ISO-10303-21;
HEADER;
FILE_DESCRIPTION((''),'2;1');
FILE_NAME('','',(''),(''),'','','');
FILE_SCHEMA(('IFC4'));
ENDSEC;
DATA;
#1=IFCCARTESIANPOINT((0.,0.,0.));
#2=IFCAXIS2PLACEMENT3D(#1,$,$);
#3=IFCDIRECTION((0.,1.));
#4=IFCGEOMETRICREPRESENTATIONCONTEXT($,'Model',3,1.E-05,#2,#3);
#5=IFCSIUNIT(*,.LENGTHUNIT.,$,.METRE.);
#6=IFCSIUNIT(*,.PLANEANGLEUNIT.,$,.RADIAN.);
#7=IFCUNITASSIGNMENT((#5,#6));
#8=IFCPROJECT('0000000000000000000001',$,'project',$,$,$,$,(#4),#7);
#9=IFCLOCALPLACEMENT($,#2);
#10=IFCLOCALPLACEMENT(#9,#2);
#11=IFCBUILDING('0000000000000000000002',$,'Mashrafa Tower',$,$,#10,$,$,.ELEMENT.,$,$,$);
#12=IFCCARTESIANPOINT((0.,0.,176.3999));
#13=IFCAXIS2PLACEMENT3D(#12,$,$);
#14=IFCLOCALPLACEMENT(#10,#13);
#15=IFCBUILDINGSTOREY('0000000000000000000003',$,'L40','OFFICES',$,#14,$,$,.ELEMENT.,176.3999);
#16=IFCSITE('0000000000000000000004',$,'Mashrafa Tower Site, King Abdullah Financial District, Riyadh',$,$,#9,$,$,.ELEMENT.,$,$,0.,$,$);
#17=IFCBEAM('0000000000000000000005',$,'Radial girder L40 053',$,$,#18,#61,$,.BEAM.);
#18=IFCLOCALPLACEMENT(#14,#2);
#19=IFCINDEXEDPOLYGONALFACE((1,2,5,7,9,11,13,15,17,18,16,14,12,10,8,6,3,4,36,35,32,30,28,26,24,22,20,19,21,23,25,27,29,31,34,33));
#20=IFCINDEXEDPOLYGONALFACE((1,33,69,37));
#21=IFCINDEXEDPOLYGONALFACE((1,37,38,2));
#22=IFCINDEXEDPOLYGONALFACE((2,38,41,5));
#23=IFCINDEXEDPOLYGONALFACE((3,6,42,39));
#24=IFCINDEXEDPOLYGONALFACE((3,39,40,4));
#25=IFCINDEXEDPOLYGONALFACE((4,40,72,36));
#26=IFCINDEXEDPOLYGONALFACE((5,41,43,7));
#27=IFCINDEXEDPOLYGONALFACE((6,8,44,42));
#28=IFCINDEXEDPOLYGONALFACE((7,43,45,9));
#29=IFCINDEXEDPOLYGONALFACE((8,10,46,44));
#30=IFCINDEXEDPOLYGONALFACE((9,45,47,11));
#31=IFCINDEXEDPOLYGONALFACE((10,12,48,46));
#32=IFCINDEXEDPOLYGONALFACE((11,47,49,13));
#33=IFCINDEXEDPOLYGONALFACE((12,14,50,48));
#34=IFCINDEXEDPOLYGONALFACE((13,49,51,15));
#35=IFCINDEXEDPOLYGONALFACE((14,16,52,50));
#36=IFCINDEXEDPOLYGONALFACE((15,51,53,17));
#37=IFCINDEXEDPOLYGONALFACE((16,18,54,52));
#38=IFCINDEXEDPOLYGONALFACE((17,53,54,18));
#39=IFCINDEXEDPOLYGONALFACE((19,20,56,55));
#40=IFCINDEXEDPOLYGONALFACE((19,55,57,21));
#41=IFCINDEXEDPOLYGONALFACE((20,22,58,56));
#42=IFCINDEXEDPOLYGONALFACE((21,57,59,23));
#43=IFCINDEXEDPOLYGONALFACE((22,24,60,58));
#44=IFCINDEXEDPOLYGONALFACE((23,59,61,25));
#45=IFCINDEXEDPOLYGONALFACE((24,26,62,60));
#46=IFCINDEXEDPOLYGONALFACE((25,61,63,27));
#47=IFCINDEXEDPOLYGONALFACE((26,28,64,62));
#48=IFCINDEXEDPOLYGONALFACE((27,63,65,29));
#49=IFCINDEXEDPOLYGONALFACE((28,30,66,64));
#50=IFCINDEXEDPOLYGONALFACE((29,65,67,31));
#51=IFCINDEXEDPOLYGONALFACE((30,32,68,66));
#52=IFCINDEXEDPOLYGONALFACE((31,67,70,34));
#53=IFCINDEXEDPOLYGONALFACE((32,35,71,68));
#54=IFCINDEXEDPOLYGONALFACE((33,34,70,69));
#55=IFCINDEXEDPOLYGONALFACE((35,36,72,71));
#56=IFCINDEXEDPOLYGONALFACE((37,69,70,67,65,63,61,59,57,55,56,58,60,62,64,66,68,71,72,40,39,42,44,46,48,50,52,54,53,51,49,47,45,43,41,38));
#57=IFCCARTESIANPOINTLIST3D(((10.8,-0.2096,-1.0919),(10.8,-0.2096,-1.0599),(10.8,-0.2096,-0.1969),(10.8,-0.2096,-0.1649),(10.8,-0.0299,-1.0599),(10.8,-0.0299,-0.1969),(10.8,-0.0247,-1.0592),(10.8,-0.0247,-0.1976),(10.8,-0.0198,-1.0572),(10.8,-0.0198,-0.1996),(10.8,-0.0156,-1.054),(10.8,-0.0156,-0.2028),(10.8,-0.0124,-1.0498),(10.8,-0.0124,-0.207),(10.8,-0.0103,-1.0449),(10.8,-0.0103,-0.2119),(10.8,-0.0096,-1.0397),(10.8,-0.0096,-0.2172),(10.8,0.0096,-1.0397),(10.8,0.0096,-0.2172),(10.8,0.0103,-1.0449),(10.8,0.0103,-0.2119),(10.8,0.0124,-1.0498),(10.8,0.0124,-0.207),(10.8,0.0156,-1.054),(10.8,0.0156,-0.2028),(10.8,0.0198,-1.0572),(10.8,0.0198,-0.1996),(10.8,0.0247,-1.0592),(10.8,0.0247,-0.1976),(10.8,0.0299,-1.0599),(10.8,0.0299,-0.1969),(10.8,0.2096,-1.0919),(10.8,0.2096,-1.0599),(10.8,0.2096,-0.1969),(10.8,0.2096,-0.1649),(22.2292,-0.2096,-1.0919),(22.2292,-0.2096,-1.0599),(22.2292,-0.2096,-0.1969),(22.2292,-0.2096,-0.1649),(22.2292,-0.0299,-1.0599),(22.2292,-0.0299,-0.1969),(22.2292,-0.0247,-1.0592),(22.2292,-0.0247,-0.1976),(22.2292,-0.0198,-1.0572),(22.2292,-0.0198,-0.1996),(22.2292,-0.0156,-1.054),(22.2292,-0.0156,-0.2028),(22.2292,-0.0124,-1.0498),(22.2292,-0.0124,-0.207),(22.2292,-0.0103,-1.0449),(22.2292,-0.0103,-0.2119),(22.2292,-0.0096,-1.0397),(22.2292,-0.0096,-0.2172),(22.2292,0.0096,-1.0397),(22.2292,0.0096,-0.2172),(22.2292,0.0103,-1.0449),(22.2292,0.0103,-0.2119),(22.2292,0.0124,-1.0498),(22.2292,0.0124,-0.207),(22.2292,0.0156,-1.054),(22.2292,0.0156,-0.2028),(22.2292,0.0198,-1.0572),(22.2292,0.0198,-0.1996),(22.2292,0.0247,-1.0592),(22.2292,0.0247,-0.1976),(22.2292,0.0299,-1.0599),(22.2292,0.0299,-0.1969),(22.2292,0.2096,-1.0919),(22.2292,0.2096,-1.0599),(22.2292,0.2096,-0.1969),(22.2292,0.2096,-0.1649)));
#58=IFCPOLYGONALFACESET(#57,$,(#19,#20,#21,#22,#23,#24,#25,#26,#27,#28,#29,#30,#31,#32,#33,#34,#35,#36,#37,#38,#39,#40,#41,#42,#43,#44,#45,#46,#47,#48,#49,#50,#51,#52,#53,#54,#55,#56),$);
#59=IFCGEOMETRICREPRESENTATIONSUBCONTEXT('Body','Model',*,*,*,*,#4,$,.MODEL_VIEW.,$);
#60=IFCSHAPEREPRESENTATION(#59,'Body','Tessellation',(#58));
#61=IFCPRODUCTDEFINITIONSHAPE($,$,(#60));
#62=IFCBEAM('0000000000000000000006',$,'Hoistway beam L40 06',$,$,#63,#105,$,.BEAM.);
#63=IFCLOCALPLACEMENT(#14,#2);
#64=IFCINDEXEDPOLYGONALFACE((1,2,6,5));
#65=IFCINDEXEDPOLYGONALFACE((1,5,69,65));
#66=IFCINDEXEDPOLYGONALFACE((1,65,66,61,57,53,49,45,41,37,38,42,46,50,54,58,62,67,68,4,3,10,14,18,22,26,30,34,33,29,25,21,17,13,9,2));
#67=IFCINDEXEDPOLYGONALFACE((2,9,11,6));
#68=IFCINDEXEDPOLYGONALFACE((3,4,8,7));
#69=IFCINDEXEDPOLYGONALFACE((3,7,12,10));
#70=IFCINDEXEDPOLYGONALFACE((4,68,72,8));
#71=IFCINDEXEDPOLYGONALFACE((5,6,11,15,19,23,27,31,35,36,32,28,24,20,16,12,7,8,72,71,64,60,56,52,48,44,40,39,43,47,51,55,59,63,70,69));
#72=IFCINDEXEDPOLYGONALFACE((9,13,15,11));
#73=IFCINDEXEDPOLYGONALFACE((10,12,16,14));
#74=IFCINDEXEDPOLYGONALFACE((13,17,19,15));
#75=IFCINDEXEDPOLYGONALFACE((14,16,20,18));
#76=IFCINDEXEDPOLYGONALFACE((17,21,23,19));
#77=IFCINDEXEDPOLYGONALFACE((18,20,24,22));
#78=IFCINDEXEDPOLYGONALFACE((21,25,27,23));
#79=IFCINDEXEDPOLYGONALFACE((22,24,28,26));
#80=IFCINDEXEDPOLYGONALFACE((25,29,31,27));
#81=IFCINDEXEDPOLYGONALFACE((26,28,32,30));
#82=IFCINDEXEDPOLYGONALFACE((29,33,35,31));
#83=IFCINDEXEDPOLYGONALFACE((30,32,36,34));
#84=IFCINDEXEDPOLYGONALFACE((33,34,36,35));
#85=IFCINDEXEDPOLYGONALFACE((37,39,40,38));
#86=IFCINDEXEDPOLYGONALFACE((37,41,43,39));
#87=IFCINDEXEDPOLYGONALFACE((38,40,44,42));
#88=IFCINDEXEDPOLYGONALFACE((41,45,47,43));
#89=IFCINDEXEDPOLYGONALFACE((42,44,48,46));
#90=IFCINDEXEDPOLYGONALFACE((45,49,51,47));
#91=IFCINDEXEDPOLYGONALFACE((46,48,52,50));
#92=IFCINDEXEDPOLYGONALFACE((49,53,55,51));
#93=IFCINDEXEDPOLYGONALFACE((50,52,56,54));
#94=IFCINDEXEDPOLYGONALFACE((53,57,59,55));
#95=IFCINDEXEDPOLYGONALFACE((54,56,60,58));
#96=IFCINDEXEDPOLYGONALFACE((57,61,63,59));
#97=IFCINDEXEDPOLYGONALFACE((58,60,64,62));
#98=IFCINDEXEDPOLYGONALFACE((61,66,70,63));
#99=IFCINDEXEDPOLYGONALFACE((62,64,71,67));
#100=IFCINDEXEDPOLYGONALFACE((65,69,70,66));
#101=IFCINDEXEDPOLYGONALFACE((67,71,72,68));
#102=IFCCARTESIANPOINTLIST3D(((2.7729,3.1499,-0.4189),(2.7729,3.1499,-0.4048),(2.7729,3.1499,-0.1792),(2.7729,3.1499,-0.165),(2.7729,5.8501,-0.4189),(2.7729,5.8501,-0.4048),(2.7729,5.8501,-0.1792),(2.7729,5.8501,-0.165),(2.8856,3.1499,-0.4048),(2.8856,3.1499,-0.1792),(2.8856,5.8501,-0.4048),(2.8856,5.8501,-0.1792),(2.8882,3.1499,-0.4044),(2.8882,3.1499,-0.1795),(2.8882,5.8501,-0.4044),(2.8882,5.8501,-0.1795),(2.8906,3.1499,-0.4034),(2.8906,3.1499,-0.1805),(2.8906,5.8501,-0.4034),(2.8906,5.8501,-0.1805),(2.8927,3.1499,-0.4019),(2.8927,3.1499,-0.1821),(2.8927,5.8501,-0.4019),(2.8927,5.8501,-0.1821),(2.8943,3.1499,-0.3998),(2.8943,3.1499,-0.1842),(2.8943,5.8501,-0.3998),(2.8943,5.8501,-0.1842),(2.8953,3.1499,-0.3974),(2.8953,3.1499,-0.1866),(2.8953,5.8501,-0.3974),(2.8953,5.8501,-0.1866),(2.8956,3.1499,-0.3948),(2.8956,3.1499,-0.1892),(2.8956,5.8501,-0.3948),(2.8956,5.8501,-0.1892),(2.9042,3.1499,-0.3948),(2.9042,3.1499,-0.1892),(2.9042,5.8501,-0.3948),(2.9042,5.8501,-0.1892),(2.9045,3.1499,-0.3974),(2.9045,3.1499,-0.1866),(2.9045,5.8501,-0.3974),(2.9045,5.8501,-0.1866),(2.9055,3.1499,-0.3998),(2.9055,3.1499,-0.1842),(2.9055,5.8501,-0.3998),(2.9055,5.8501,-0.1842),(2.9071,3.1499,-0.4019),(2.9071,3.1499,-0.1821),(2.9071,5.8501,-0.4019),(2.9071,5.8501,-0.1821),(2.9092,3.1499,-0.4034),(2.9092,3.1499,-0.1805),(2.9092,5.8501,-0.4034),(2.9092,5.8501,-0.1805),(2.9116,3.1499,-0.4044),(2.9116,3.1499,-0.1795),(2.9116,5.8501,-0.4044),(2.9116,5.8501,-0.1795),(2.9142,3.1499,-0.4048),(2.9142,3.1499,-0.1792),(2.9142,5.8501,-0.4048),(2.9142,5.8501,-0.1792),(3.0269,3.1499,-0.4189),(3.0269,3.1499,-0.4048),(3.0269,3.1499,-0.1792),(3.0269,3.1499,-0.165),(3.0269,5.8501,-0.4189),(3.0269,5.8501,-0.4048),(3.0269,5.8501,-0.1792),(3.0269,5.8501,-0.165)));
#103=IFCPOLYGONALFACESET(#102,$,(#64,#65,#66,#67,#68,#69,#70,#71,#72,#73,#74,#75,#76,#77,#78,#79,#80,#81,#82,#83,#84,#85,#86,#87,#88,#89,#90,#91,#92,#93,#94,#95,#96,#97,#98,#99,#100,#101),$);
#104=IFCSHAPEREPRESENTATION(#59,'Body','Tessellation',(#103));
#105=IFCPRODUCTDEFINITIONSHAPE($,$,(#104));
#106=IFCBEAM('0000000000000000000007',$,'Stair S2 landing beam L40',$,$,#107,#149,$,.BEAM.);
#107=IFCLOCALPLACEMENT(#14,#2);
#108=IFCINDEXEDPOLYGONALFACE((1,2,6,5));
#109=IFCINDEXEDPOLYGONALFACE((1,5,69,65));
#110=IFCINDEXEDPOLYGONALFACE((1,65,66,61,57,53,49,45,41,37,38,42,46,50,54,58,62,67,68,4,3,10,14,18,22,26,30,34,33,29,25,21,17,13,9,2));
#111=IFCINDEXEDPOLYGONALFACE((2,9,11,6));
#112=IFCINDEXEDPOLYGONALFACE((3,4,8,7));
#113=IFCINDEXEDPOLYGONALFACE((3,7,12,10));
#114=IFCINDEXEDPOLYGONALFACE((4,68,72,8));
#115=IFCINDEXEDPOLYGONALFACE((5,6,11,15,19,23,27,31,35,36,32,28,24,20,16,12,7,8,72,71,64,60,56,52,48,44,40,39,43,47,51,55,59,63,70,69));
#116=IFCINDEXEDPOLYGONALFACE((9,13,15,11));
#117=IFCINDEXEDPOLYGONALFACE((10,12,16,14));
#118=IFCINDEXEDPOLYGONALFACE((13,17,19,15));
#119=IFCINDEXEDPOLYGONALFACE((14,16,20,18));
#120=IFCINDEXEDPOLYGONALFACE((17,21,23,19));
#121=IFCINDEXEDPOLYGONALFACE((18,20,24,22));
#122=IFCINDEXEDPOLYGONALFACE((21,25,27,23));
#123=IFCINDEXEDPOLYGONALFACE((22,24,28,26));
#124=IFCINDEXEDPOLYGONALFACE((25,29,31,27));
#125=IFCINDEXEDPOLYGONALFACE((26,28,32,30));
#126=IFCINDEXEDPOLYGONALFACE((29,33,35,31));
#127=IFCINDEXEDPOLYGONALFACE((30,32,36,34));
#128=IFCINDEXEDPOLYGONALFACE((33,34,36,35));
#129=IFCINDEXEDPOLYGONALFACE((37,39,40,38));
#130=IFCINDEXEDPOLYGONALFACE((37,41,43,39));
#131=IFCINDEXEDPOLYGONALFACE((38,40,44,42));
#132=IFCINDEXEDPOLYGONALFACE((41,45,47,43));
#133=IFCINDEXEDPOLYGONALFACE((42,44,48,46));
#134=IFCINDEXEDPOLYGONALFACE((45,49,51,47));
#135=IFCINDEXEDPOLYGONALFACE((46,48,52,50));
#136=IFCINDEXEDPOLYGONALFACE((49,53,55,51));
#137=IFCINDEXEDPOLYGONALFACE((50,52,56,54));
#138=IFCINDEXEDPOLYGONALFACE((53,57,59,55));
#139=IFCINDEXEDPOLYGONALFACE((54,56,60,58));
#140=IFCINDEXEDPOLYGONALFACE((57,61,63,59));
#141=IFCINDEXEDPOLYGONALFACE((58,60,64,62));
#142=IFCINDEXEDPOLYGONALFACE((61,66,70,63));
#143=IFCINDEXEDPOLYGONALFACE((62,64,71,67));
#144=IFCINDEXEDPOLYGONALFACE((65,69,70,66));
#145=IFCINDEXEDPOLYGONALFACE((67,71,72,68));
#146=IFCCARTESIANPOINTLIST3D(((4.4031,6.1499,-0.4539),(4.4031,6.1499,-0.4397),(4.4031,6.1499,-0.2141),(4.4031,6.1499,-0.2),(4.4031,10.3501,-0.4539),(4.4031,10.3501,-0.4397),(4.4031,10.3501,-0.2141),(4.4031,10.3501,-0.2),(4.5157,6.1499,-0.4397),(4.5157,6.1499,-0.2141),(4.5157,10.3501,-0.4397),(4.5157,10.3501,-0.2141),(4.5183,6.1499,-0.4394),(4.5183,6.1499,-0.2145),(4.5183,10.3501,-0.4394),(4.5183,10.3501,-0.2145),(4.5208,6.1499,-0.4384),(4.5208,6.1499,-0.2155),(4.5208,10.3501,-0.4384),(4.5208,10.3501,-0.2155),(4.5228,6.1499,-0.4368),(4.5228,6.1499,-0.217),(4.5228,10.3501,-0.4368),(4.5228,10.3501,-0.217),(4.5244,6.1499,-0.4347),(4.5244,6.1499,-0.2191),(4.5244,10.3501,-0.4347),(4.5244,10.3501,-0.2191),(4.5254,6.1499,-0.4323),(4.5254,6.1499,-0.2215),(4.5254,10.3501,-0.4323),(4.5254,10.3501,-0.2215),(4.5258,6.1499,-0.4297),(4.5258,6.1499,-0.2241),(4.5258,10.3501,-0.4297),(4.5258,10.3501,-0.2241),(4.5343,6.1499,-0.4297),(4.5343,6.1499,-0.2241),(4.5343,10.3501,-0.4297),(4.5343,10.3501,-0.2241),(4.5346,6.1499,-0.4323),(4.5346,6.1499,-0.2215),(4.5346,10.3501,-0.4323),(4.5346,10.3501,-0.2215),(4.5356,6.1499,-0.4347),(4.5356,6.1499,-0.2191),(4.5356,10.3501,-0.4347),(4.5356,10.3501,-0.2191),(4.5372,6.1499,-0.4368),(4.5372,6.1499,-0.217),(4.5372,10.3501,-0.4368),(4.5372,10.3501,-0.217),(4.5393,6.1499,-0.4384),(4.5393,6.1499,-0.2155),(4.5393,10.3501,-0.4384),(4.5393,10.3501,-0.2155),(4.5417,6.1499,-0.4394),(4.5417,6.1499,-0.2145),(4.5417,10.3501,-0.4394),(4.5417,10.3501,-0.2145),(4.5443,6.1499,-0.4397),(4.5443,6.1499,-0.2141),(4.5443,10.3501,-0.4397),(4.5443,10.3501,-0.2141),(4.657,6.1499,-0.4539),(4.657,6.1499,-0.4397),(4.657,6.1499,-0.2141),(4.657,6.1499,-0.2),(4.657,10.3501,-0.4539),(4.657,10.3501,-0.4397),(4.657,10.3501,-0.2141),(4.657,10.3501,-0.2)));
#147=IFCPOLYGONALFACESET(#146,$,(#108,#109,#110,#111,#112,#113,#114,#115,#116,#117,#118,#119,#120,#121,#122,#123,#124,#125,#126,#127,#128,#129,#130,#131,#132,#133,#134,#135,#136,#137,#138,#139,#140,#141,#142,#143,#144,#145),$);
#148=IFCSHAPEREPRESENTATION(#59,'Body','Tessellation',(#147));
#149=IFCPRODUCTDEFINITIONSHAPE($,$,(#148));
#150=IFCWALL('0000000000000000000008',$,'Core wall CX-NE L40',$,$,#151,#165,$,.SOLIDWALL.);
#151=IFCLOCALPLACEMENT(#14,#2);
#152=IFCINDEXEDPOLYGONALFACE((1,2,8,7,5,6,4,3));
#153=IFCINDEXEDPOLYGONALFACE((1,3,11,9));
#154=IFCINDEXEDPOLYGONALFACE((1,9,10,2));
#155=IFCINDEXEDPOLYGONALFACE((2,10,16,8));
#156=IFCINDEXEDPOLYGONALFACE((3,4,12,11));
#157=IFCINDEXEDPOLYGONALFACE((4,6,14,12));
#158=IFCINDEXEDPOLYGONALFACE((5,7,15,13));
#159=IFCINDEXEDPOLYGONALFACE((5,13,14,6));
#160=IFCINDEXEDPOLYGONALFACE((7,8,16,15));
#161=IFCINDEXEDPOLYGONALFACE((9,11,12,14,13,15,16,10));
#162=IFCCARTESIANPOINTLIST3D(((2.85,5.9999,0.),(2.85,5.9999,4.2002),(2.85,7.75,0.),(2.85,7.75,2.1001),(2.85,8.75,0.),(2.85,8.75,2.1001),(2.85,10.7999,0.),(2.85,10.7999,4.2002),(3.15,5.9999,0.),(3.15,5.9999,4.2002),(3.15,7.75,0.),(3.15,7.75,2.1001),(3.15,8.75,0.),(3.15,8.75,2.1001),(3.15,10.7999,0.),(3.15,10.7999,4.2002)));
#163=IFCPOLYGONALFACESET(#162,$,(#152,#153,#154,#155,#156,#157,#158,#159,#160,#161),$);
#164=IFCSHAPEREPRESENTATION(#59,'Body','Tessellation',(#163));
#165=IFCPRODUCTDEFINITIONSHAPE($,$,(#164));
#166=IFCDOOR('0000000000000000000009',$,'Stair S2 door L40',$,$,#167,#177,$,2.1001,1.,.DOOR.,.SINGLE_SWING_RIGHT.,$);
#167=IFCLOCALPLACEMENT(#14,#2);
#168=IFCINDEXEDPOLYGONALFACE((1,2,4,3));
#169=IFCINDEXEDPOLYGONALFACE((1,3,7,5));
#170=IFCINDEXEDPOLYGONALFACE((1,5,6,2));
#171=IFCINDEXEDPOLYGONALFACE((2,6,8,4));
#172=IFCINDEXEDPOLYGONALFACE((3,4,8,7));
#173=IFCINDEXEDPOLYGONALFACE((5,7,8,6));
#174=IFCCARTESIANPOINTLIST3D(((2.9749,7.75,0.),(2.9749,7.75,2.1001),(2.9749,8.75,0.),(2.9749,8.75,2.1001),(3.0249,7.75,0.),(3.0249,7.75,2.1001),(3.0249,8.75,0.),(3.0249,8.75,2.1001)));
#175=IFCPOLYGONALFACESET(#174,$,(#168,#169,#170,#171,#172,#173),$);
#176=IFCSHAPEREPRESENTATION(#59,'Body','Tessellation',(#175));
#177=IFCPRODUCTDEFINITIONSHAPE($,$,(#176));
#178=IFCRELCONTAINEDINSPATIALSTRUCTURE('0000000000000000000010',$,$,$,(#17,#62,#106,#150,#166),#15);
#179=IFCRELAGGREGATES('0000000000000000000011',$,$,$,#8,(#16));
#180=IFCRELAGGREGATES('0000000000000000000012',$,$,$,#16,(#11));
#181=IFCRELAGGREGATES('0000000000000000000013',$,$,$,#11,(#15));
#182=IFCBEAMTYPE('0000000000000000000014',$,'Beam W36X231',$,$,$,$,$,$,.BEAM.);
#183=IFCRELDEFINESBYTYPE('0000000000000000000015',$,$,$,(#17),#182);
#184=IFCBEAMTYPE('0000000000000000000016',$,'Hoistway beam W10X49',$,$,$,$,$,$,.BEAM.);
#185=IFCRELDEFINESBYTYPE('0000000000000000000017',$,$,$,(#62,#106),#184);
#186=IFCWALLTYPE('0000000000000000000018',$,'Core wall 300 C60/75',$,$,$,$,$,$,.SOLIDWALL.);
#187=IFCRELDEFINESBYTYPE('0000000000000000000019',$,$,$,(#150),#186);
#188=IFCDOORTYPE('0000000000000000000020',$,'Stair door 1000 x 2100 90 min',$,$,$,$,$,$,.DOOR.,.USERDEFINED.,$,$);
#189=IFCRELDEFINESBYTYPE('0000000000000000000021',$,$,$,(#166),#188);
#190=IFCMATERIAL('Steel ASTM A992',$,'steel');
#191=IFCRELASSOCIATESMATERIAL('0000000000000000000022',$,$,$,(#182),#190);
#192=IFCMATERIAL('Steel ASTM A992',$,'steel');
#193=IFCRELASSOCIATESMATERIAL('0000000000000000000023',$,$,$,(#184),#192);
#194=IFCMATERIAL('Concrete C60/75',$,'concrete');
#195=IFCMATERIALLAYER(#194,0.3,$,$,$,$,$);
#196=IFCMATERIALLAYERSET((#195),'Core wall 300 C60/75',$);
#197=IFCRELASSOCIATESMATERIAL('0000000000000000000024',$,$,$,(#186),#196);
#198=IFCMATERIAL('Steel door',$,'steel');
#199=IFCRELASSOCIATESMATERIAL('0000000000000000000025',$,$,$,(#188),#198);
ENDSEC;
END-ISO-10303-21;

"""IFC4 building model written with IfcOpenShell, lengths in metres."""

from ifc_helpers import new_model, si_unit, direction, frame, frame_2d, origin, origin_2d, place, context, subcontext, project, spatial, rectangle, i_section, extrude, material, layer, layer_set, material_profile, profile_set, type_object, element, fill, save


model = new_model("IFC4")

# Units and contexts
model_context = context("Model", 3, precision=1e-05, world=origin(), true_north=direction((0.0, 1.0)))
body_context = subcontext(model_context, "Body", "Model", "MODEL_VIEW")
ifc_project = project(units=[si_unit("LENGTHUNIT", "METRE"), si_unit("PLANEANGLEUNIT", "RADIAN")], contexts=[model_context])

# Site, building, storey
site_placement = place(None, origin())
site = spatial("IfcSite", under=ifc_project, at=site_placement, Name="Mashrafa Tower Site, King Abdullah Financial District, Riyadh", CompositionType="ELEMENT", RefElevation=0.0)
building_placement = place(site_placement, origin())
building = spatial("IfcBuilding", under=site, at=building_placement, Name="Mashrafa Tower", CompositionType="ELEMENT")
storey_placement = place(building_placement, frame((0.0, 0.0, 176.3999)))
storey = spatial("IfcBuildingStorey", under=building, at=storey_placement, Name="L40", Description="OFFICES", CompositionType="ELEMENT", Elevation=176.3999)

# Beams
ifc_material_1 = material(Name="Steel ASTM A992", Category="steel")
ifc_material_profile_1 = material_profile(ifc_material_1, i_section(OverallWidth=0.4192, OverallDepth=0.927, WebThickness=0.0193, FlangeThickness=0.032, FilletRadius=0.0203, at=origin_2d()), Name="W36X231")
ifc_profile_set_1 = profile_set([ifc_material_profile_1], Name="Steel ASTM A992")
beam_type_1 = type_object("IfcBeamType", Name="Beam W36X231", PredefinedType="BEAM", material=ifc_profile_set_1)
beam_1_placement = place(storey_placement, frame((10.8, 0.0, -0.6284), z_axis=(1.0, 0.0, 0.0), x_axis=(0.0, 1.0, 0.0)))
element("IfcBeam", 1, at=beam_1_placement, inside=storey, type_object=beam_type_1, Name="Radial girder L40 053", PredefinedType="BEAM", context=body_context, shape_type="SweptSolid", body=[
    extrude(i_section(OverallWidth=0.4192, OverallDepth=0.927, WebThickness=0.0193, FlangeThickness=0.032, FilletRadius=0.0203, at=origin_2d()), origin(), (0.0, 0.0, 1.0), 11.4292),
])
ifc_material_2 = material(Name="Steel ASTM A992", Category="steel")
ifc_material_profile_2 = material_profile(ifc_material_2, i_section(OverallWidth=0.2539, OverallDepth=0.2539, WebThickness=0.0085, FlangeThickness=0.0142, FilletRadius=0.01, at=origin_2d()), Name="W10X49")
ifc_profile_set_2 = profile_set([ifc_material_profile_2], Name="Steel ASTM A992")
beam_type_2 = type_object("IfcBeamType", Name="Hoistway beam W10X49", PredefinedType="BEAM", material=ifc_profile_set_2)
beam_2_placement = place(storey_placement, frame((2.8999, 3.1499, -0.292), z_axis=(0.0, 1.0, 0.0), x_axis=(-1.0, 0.0, 0.0)))
element("IfcBeam", 2, at=beam_2_placement, inside=storey, type_object=beam_type_2, Name="Hoistway beam L40 06", PredefinedType="BEAM", context=body_context, shape_type="SweptSolid", body=[
    extrude(i_section(OverallWidth=0.2539, OverallDepth=0.2539, WebThickness=0.0085, FlangeThickness=0.0142, FilletRadius=0.01, at=origin_2d()), origin(), (0.0, 0.0, 1.0), 2.7002),
])
beam_3_placement = place(storey_placement, frame((4.53, 6.1499, -0.3269), z_axis=(0.0, 1.0, 0.0), x_axis=(-1.0, 0.0, 0.0)))
element("IfcBeam", 3, at=beam_3_placement, inside=storey, type_object=beam_type_2, Name="Stair S2 landing beam L40", PredefinedType="BEAM", context=body_context, shape_type="SweptSolid", body=[
    extrude(i_section(OverallWidth=0.2539, OverallDepth=0.2539, WebThickness=0.0085, FlangeThickness=0.0142, FilletRadius=0.01, at=origin_2d()), origin(), (0.0, 0.0, 1.0), 4.2002),
])

# Wall, opening, door
ifc_material_3 = material(Name="Concrete C60/75", Category="concrete")
ifc_layer_1 = layer(ifc_material_3, 0.3)
ifc_layer_set_1 = layer_set([ifc_layer_1], Name="Core wall 300 C60/75")
wall_type_1 = type_object("IfcWallType", Name="Core wall 300 C60/75", PredefinedType="SOLIDWALL", material=ifc_layer_set_1)
wall_1_placement = place(storey_placement, frame((3.0, 6.0, 0.0), z_axis=(0.0, 0.0, 1.0), x_axis=(0.0, 1.0, 0.0)))
wall_1 = element("IfcWall", 4, at=wall_1_placement, inside=storey, type_object=wall_type_1, Name="Core wall CX-NE L40", PredefinedType="SOLIDWALL", context=body_context, shape_type="SweptSolid", body=[
    extrude(rectangle(XDim=4.8, YDim=0.3, at=frame_2d((2.3999, 0.0))), origin(), (0.0, 0.0, 1.0), 4.2002),
])
opening_placement = place(wall_1_placement, frame((1.75, 0.0, 0.0)))
opening = element("IfcOpeningElement", 5, at=opening_placement, cuts=wall_1, PredefinedType="OPENING", context=body_context, shape_type="SweptSolid", body=[
    extrude(rectangle(XDim=1.0, YDim=2.1001, at=frame_2d((0.5, 1.05))), frame((0.0, 0.1599, 0.0), z_axis=(0.0, -1.0, 0.0), x_axis=(1.0, 0.0, 0.0)), (0.0, 0.0, 1.0), 0.3201),
])
ifc_material_4 = material(Name="Steel door", Category="steel")
door_type = type_object("IfcDoorType", Name="Stair door 1000 x 2100 90 min", OperationType="USERDEFINED", PredefinedType="DOOR", material=ifc_material_4)
door_placement = place(opening_placement, frame((1.0, 0.0, 0.0), z_axis=(0.0, 0.0, 1.0), x_axis=(-1.0, 0.0, 0.0)))
door = element("IfcDoor", 6, at=door_placement, inside=storey, type_object=door_type, Name="Stair S2 door L40", OperationType="SINGLE_SWING_RIGHT", OverallHeight=2.1001, OverallWidth=1.0, PredefinedType="DOOR", context=body_context, shape_type="SweptSolid", body=[
    extrude(rectangle(XDim=1.0, YDim=2.1001, at=frame_2d((0.5, 1.05))), frame((0.0, 0.0249, 0.0), z_axis=(0.0, -1.0, 0.0), x_axis=(1.0, 0.0, 0.0)), (0.0, 0.0, 1.0), 0.05),
])
fill(opening, door)

save(model, "model.ifc")
